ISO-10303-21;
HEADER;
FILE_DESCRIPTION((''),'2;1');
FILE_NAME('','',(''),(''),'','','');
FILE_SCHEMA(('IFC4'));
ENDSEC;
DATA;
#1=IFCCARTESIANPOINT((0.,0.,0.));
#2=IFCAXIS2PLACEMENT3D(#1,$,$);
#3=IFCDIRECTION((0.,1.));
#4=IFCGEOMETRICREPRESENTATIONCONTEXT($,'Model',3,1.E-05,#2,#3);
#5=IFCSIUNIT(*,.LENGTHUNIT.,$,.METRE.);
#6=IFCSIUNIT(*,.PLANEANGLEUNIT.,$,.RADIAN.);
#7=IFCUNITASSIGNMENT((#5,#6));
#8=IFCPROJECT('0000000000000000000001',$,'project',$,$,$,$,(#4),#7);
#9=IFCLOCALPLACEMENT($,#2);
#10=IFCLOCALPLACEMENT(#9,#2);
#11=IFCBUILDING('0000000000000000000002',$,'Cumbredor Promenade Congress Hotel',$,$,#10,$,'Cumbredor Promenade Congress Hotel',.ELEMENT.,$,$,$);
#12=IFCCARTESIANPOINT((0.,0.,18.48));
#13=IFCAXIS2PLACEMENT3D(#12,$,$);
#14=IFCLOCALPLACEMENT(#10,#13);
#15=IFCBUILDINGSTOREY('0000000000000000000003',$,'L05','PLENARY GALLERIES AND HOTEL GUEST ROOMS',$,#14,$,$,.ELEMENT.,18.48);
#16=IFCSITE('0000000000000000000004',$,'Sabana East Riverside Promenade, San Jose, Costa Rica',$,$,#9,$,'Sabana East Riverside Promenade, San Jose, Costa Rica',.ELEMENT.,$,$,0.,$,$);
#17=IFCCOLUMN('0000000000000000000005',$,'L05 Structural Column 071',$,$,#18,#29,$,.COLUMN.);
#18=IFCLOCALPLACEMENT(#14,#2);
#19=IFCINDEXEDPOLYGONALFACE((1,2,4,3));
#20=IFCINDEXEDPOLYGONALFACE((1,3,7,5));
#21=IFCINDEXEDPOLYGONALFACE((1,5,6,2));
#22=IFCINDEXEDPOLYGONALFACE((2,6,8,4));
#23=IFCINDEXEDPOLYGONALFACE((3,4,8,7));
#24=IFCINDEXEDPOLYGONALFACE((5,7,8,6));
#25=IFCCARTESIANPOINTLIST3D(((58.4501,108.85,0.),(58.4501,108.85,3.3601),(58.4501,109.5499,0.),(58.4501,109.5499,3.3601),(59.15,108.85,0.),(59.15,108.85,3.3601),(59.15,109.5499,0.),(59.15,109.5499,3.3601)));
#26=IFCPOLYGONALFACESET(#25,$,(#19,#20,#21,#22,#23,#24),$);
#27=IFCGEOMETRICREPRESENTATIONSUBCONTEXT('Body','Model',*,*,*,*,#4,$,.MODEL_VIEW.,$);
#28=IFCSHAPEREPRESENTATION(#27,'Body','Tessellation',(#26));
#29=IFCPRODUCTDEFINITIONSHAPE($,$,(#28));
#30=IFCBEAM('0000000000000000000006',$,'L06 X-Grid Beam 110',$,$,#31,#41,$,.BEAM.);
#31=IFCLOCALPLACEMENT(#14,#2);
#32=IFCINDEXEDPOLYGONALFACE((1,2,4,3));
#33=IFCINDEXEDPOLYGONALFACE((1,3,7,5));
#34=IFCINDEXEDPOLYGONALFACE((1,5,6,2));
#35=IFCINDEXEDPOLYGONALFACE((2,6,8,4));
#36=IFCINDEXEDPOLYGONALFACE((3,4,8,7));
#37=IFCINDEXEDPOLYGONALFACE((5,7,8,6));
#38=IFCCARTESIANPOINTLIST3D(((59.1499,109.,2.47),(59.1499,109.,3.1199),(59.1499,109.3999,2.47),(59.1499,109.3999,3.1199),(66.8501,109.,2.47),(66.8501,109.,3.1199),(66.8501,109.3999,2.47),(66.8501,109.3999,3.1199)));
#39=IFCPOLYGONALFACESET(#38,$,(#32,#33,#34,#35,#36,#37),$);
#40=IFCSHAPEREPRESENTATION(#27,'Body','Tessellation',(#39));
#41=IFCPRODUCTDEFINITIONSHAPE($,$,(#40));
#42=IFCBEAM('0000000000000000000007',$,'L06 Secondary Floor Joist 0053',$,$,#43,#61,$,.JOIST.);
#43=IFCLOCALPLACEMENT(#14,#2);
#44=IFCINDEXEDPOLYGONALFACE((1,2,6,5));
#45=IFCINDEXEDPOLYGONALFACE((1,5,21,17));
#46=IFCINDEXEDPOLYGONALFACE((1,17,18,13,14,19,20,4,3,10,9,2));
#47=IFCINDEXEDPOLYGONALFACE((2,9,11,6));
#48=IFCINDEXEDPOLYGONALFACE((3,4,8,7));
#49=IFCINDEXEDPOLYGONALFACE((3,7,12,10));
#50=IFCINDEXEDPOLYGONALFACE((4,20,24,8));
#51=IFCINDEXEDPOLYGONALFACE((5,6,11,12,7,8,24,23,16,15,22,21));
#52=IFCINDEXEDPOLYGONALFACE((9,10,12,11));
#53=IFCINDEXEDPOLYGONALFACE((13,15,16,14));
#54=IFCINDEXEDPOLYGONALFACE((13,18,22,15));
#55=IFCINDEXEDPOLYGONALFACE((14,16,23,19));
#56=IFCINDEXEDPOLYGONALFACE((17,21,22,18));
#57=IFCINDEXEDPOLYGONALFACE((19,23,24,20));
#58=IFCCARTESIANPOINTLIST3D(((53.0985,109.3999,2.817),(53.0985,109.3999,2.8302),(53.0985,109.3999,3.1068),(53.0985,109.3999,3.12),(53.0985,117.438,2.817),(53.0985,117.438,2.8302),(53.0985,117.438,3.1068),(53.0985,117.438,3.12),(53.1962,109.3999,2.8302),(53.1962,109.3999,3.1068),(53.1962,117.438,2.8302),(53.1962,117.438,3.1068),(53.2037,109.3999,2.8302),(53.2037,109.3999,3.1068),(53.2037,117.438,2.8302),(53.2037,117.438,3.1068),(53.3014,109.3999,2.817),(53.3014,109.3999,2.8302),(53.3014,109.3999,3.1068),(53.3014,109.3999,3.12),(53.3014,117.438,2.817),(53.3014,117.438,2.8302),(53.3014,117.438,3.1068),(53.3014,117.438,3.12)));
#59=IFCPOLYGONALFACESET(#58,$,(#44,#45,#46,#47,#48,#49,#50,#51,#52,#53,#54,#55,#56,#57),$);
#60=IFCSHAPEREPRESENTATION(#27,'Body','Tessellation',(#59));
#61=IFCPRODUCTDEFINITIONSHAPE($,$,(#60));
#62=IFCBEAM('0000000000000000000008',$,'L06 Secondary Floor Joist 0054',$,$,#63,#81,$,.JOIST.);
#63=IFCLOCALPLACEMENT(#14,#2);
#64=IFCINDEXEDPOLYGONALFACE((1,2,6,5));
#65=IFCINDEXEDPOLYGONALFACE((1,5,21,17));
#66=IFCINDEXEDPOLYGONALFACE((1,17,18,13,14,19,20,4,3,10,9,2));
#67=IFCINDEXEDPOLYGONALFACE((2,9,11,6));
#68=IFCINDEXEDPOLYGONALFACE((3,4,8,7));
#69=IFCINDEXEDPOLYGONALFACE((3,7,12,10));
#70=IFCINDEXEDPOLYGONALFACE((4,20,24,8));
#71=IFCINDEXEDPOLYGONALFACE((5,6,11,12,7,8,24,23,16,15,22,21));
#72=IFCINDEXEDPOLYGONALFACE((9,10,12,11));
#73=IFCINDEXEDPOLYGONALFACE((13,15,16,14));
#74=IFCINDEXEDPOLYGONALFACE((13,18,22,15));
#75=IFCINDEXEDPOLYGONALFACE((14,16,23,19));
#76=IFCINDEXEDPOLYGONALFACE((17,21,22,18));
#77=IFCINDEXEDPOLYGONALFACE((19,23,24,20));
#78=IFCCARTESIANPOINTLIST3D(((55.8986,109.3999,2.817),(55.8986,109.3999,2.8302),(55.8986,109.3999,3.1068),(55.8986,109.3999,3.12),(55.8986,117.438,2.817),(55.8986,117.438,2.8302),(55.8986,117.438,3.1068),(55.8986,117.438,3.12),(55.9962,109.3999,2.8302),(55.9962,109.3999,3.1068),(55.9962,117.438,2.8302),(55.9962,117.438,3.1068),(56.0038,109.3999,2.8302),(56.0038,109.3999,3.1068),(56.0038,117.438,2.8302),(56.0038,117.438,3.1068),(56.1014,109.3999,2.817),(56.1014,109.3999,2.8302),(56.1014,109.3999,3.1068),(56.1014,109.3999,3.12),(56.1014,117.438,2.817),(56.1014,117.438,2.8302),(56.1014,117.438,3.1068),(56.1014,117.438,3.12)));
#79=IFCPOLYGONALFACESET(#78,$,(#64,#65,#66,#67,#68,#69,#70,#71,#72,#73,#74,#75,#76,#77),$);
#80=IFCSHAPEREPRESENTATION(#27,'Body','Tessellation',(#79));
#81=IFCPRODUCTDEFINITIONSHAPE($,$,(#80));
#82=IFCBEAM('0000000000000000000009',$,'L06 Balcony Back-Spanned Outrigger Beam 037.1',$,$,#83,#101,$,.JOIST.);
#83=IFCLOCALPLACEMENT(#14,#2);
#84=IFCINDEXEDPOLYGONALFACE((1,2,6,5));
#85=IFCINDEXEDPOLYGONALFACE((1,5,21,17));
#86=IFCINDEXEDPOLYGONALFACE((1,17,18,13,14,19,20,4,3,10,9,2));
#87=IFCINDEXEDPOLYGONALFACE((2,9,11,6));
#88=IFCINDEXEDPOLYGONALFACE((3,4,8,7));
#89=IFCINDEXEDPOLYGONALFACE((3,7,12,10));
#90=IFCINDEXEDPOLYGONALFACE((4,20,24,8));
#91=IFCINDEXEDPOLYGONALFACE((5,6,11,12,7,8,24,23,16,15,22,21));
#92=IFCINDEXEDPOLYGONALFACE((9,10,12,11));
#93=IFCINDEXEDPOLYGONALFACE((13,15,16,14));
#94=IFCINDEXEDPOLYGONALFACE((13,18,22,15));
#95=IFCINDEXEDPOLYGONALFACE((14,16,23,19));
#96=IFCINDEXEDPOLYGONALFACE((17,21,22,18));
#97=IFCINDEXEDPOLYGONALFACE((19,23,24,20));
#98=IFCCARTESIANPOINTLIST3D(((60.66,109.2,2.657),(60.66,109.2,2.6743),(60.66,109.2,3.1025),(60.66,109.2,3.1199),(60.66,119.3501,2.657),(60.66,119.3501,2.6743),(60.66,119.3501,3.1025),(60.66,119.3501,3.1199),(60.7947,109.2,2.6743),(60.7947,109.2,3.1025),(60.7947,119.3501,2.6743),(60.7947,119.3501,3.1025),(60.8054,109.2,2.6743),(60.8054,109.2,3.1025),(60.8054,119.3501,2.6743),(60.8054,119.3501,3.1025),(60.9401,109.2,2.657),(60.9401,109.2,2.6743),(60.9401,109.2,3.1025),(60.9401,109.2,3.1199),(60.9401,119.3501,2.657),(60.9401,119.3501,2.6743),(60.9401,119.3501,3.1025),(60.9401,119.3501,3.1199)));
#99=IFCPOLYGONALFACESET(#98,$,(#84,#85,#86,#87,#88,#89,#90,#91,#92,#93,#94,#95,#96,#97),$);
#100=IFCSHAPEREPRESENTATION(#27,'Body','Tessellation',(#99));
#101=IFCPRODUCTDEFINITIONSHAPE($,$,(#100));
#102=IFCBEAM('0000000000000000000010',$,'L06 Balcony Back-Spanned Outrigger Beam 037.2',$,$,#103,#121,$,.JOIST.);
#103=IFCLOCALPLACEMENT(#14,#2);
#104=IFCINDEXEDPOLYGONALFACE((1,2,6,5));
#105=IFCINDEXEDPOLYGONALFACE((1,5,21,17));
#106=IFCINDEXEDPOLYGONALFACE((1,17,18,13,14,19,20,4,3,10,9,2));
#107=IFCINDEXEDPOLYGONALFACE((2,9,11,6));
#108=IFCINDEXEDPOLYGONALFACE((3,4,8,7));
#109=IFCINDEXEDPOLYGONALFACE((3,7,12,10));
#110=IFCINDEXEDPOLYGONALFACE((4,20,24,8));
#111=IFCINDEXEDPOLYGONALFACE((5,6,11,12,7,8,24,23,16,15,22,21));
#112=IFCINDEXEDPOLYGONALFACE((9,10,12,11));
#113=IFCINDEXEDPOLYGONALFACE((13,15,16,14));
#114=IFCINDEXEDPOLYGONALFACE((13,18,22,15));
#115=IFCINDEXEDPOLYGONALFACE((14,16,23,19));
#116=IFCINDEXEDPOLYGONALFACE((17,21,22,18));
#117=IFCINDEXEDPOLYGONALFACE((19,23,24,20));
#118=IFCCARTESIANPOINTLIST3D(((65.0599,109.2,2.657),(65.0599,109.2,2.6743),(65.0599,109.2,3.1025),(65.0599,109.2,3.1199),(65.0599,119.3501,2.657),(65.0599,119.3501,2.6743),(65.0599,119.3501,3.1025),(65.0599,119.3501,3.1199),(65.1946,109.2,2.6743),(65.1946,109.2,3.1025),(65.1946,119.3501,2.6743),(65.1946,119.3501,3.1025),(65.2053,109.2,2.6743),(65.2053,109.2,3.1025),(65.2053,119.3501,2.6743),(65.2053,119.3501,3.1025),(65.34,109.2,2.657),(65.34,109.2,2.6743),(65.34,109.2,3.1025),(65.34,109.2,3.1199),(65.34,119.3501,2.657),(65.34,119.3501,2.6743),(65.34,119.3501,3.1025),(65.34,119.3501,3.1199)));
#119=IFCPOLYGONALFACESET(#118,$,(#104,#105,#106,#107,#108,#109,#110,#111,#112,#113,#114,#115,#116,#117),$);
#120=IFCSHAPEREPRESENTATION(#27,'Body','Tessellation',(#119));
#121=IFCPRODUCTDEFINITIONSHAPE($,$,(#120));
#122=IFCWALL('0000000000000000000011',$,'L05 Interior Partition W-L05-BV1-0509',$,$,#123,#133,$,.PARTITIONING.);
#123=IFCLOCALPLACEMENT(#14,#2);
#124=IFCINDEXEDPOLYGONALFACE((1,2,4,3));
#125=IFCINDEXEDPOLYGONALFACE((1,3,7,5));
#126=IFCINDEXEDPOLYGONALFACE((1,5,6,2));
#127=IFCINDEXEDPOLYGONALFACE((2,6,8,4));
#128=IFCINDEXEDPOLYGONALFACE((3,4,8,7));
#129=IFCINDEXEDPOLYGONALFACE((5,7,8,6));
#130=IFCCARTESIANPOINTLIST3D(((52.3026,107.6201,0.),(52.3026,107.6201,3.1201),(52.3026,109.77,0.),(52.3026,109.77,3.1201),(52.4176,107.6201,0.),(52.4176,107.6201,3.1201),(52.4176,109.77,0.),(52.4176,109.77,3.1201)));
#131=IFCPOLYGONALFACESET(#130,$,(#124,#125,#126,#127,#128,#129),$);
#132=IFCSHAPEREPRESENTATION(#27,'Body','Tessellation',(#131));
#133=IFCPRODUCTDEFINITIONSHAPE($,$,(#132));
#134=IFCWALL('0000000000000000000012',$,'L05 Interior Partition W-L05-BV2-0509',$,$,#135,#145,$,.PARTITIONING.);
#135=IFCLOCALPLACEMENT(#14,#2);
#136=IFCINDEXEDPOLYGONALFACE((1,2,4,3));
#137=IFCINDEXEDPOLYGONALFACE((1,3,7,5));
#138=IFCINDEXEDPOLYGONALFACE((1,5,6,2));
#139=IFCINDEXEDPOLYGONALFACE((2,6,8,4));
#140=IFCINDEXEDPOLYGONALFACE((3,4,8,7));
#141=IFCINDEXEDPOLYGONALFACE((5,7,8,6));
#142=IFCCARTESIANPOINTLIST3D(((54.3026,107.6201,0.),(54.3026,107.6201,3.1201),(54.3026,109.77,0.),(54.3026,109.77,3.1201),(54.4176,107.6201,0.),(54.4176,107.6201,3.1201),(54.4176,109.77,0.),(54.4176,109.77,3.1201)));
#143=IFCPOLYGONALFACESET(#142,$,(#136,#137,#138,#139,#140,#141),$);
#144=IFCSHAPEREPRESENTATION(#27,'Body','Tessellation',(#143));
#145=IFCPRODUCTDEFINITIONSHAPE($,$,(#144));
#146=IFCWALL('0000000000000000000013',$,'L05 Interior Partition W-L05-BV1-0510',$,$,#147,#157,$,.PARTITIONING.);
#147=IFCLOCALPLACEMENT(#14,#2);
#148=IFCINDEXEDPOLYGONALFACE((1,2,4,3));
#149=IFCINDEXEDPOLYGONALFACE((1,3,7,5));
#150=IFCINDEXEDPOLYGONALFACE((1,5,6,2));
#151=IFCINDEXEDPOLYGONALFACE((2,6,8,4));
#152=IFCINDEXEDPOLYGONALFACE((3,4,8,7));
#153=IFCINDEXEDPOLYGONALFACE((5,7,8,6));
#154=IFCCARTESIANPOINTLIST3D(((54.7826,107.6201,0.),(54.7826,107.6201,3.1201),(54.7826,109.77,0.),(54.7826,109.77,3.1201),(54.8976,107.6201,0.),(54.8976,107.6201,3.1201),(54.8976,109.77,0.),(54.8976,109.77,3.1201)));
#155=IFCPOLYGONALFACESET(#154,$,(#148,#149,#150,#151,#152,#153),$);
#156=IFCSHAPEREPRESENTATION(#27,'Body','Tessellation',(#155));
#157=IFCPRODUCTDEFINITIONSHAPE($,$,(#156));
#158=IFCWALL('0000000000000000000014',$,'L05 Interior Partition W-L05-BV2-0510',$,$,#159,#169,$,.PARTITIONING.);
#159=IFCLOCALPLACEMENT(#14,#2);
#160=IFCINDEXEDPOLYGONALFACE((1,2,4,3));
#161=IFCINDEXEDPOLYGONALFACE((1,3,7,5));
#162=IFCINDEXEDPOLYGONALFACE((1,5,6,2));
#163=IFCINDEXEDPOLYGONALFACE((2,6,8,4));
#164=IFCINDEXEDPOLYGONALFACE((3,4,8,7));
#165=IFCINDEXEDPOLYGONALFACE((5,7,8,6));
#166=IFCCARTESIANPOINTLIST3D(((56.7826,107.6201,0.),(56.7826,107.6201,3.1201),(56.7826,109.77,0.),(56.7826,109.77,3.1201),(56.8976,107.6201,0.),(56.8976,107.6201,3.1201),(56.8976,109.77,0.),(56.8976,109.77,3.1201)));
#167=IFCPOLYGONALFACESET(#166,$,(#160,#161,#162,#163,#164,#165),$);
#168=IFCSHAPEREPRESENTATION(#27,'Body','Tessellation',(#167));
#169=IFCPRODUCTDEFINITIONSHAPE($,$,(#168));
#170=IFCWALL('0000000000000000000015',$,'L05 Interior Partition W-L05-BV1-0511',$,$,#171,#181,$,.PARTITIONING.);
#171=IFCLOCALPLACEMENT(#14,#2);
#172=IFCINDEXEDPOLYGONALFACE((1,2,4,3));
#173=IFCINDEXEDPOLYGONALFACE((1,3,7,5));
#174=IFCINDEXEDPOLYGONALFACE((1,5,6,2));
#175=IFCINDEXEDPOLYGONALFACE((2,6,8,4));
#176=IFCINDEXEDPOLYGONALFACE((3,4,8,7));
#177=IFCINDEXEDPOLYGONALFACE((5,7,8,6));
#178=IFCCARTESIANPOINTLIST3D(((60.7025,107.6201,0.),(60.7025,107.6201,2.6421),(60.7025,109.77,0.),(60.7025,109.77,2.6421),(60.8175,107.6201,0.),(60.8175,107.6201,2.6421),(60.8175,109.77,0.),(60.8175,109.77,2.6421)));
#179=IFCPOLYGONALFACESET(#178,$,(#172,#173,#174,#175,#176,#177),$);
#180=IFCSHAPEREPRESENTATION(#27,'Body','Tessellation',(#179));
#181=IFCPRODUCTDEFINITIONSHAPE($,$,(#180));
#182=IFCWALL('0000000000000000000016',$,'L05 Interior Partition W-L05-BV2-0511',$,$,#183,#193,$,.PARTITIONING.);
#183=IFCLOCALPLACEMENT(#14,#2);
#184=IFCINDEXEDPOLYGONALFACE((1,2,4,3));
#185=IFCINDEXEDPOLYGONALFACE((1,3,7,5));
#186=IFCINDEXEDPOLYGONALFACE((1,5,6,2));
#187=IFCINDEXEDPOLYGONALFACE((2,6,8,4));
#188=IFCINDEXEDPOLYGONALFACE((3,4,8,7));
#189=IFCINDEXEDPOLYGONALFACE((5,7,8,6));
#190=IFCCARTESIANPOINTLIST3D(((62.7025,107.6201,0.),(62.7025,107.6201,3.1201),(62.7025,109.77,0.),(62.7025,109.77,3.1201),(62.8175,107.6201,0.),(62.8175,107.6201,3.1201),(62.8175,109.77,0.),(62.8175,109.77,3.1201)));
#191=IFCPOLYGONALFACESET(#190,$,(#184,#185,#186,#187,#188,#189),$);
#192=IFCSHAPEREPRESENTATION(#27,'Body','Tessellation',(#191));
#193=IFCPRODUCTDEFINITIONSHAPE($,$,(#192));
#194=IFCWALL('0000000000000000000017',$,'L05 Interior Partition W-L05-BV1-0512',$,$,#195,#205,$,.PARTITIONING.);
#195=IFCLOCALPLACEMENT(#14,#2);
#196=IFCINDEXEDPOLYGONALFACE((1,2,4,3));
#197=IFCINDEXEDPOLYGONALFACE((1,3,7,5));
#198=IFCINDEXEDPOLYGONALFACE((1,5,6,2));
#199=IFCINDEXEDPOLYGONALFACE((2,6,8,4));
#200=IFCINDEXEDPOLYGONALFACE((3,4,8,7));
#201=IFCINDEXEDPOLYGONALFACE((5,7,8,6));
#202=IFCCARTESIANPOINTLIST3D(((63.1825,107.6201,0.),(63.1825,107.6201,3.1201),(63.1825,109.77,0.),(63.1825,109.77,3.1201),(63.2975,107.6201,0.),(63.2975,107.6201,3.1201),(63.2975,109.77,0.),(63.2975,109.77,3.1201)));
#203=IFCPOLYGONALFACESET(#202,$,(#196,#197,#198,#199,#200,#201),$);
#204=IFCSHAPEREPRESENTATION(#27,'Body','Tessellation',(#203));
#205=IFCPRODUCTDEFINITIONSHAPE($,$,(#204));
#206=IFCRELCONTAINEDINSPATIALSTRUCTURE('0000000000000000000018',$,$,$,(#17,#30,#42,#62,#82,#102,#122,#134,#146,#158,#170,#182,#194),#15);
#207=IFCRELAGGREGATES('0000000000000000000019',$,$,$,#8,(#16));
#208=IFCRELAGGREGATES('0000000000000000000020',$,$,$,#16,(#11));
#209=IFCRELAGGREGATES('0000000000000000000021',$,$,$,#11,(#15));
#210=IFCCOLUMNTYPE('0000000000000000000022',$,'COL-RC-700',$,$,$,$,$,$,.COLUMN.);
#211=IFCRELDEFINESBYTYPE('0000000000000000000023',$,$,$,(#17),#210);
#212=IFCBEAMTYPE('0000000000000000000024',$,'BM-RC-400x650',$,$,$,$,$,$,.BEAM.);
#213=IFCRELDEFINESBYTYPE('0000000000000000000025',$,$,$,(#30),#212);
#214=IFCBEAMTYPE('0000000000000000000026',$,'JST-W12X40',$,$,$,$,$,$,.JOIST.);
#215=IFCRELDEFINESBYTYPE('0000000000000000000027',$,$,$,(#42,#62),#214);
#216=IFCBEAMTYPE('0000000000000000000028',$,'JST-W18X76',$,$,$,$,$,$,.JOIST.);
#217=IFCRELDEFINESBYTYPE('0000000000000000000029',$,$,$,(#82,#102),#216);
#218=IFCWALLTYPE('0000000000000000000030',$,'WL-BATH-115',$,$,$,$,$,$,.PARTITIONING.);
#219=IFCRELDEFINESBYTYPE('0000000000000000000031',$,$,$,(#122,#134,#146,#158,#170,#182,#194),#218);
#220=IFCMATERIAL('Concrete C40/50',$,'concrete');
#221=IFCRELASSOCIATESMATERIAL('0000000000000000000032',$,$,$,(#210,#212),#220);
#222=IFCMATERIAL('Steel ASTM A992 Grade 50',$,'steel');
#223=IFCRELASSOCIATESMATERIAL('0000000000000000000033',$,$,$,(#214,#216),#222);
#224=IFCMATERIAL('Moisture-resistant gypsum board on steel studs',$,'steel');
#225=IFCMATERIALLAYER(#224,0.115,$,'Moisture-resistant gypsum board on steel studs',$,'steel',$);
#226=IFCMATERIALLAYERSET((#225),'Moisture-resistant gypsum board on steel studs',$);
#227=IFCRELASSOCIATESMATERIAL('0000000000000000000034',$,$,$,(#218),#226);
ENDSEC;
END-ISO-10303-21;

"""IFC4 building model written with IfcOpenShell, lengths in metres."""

from ifc_helpers import new_model, si_unit, direction, frame, frame_2d, origin, origin_2d, place, context, subcontext, project, spatial, rectangle, i_section, extrude, material, layer, layer_set, material_profile, profile_set, type_object, element, save


model = new_model("IFC4")

# Units and contexts
model_context = context("Model", 3, precision=1e-05, world=origin(), true_north=direction((0.0, 1.0)))
body_context = subcontext(model_context, "Body", "Model", "MODEL_VIEW")
ifc_project = project(units=[si_unit("LENGTHUNIT", "METRE"), si_unit("PLANEANGLEUNIT", "RADIAN")], contexts=[model_context])

# Site, building, storey
site_placement = place(None, origin())
site = spatial("IfcSite", under=ifc_project, at=site_placement, Name="Sabana East Riverside Promenade, San Jose, Costa Rica", LongName="Sabana East Riverside Promenade, San Jose, Costa Rica", CompositionType="ELEMENT", RefElevation=0.0)
building_placement = place(site_placement, origin())
building = spatial("IfcBuilding", under=site, at=building_placement, Name="Cumbredor Promenade Congress Hotel", LongName="Cumbredor Promenade Congress Hotel", CompositionType="ELEMENT")
storey_placement = place(building_placement, frame((0.0, 0.0, 18.48)))
storey = spatial("IfcBuildingStorey", under=building, at=storey_placement, Name="L05", Description="PLENARY GALLERIES AND HOTEL GUEST ROOMS", CompositionType="ELEMENT", Elevation=18.48)

# Column
ifc_material_1 = material(Name="Concrete C40/50", Category="concrete")
ifc_material_profile_1 = material_profile(ifc_material_1, rectangle(XDim=0.7, YDim=0.7, at=origin_2d()), Name="RC 700x700")
ifc_profile_set_1 = profile_set([ifc_material_profile_1], Name="Concrete C40/50")
column_type = type_object("IfcColumnType", Name="COL-RC-700", PredefinedType="COLUMN", material=ifc_profile_set_1)
column_placement = place(storey_placement, frame((58.8, 109.2, 0.0), z_axis=(0.0, 0.0, 1.0), x_axis=(1.0, 0.0, 0.0)))
element("IfcColumn", 1, at=column_placement, inside=storey, type_object=column_type, Name="L05 Structural Column 071", PredefinedType="COLUMN", context=body_context, shape_type="SweptSolid", body=[
    extrude(rectangle(XDim=0.7, YDim=0.7, at=origin_2d()), origin(), (0.0, 0.0, 1.0), 3.3601),
])

# Beams
ifc_material_profile_2 = material_profile(ifc_material_1, rectangle(XDim=0.3999, YDim=0.6499, at=origin_2d()), Name="RC BEAM 400x650")
ifc_profile_set_2 = profile_set([ifc_material_profile_2], Name="Concrete C40/50")
beam_type_1 = type_object("IfcBeamType", Name="BM-RC-400x650", PredefinedType="BEAM", material=ifc_profile_set_2)
beam_placement = place(storey_placement, frame((59.1499, 109.2, 2.7949), z_axis=(1.0, 0.0, 0.0), x_axis=(0.0, 1.0, 0.0)))
element("IfcBeam", 2, at=beam_placement, inside=storey, type_object=beam_type_1, Name="L06 X-Grid Beam 110", PredefinedType="BEAM", context=body_context, shape_type="SweptSolid", body=[
    extrude(rectangle(XDim=0.3999, YDim=0.6499, at=origin_2d()), origin(), (0.0, 0.0, 1.0), 7.7002),
])
ifc_material_2 = material(Name="Steel ASTM A992 Grade 50", Category="steel")
ifc_material_profile_3 = material_profile(ifc_material_2, i_section(OverallWidth=0.2029, OverallDepth=0.303, WebThickness=0.0076, FlangeThickness=0.0132, at=origin_2d()), Name="W12X40")
ifc_profile_set_3 = profile_set([ifc_material_profile_3], Name="Steel ASTM A992 Grade 50")
beam_type_2 = type_object("IfcBeamType", Name="JST-W12X40", PredefinedType="JOIST", material=ifc_profile_set_3)
for number, where, z_axis, x_axis, name in (
    (3, (53.2, 109.3999, 2.9685), (0.0, 1.0, 0.0), (-1.0, 0.0, 0.0), "L06 Secondary Floor Joist 0053"),
    (4, (56.0, 109.3999, 2.9685), (0.0, 1.0, 0.0), (-1.0, 0.0, 0.0), "L06 Secondary Floor Joist 0054"),
):
    element("IfcBeam", number, at=place(storey_placement, frame(where, z_axis=z_axis, x_axis=x_axis)), inside=storey, type_object=beam_type_2, Name=name, PredefinedType="JOIST", context=body_context, shape_type="SweptSolid", body=[
        extrude(i_section(OverallWidth=0.2029, OverallDepth=0.303, WebThickness=0.0076, FlangeThickness=0.0132, at=origin_2d()), origin(), (0.0, 0.0, 1.0), 8.0381),
    ])
ifc_material_profile_4 = material_profile(ifc_material_2, i_section(OverallWidth=0.28, OverallDepth=0.4629, WebThickness=0.0107, FlangeThickness=0.0173, at=origin_2d()), Name="W18X76")
ifc_profile_set_4 = profile_set([ifc_material_profile_4], Name="Steel ASTM A992 Grade 50")
beam_type_3 = type_object("IfcBeamType", Name="JST-W18X76", PredefinedType="JOIST", material=ifc_profile_set_4)
for number, where, z_axis, x_axis, name in (
    (5, (60.8, 109.2, 2.8884), (0.0, 1.0, 0.0), (-1.0, 0.0, 0.0), "L06 Balcony Back-Spanned Outrigger Beam 037.1"),
    (6, (65.2, 109.2, 2.8884), (0.0, 1.0, 0.0), (-1.0, 0.0, 0.0), "L06 Balcony Back-Spanned Outrigger Beam 037.2"),
):
    element("IfcBeam", number, at=place(storey_placement, frame(where, z_axis=z_axis, x_axis=x_axis)), inside=storey, type_object=beam_type_3, Name=name, PredefinedType="JOIST", context=body_context, shape_type="SweptSolid", body=[
        extrude(i_section(OverallWidth=0.28, OverallDepth=0.4629, WebThickness=0.0107, FlangeThickness=0.0173, at=origin_2d()), origin(), (0.0, 0.0, 1.0), 10.1501),
    ])

# Walls
ifc_material_3 = material(Name="Moisture-resistant gypsum board on steel studs", Category="steel")
ifc_layer_1 = layer(ifc_material_3, 0.115, Name="Moisture-resistant gypsum board on steel studs", Category="steel")
ifc_layer_set_1 = layer_set([ifc_layer_1], Name="Moisture-resistant gypsum board on steel studs")
wall_type_1 = type_object("IfcWallType", Name="WL-BATH-115", PredefinedType="PARTITIONING", material=ifc_layer_set_1)
for number, where, z_axis, x_axis, name in (
    (7, (52.3601, 107.6201, 0.0), (0.0, 0.0, 1.0), (0.0, 1.0, 0.0), "L05 Interior Partition W-L05-BV1-0509"),
    (8, (54.3601, 107.6201, 0.0), (0.0, 0.0, 1.0), (0.0, 1.0, 0.0), "L05 Interior Partition W-L05-BV2-0509"),
    (9, (54.8401, 107.6201, 0.0), (0.0, 0.0, 1.0), (0.0, 1.0, 0.0), "L05 Interior Partition W-L05-BV1-0510"),
    (10, (56.8401, 107.6201, 0.0), (0.0, 0.0, 1.0), (0.0, 1.0, 0.0), "L05 Interior Partition W-L05-BV2-0510"),
):
    element("IfcWall", number, at=place(storey_placement, frame(where, z_axis=z_axis, x_axis=x_axis)), inside=storey, type_object=wall_type_1, Name=name, PredefinedType="PARTITIONING", context=body_context, shape_type="SweptSolid", body=[
        extrude(rectangle(XDim=2.1499, YDim=0.115, at=frame_2d((1.075, 0.0))), origin(), (0.0, 0.0, 1.0), 3.1201),
    ])
wall_1_placement = place(storey_placement, frame((60.76, 107.6201, 0.0), z_axis=(0.0, 0.0, 1.0), x_axis=(0.0, 1.0, 0.0)))
element("IfcWall", 11, at=wall_1_placement, inside=storey, type_object=wall_type_1, Name="L05 Interior Partition W-L05-BV1-0511", PredefinedType="PARTITIONING", context=body_context, shape_type="SweptSolid", body=[
    extrude(rectangle(XDim=2.1499, YDim=0.115, at=frame_2d((1.075, 0.0))), origin(), (0.0, 0.0, 1.0), 2.6421),
])
for number, where, z_axis, x_axis, name in (
    (12, (62.76, 107.6201, 0.0), (0.0, 0.0, 1.0), (0.0, 1.0, 0.0), "L05 Interior Partition W-L05-BV2-0511"),
    (13, (63.24, 107.6201, 0.0), (0.0, 0.0, 1.0), (0.0, 1.0, 0.0), "L05 Interior Partition W-L05-BV1-0512"),
):
    element("IfcWall", number, at=place(storey_placement, frame(where, z_axis=z_axis, x_axis=x_axis)), inside=storey, type_object=wall_type_1, Name=name, PredefinedType="PARTITIONING", context=body_context, shape_type="SweptSolid", body=[
        extrude(rectangle(XDim=2.1499, YDim=0.115, at=frame_2d((1.075, 0.0))), origin(), (0.0, 0.0, 1.0), 3.1201),
    ])

save(model, "model.ifc")
